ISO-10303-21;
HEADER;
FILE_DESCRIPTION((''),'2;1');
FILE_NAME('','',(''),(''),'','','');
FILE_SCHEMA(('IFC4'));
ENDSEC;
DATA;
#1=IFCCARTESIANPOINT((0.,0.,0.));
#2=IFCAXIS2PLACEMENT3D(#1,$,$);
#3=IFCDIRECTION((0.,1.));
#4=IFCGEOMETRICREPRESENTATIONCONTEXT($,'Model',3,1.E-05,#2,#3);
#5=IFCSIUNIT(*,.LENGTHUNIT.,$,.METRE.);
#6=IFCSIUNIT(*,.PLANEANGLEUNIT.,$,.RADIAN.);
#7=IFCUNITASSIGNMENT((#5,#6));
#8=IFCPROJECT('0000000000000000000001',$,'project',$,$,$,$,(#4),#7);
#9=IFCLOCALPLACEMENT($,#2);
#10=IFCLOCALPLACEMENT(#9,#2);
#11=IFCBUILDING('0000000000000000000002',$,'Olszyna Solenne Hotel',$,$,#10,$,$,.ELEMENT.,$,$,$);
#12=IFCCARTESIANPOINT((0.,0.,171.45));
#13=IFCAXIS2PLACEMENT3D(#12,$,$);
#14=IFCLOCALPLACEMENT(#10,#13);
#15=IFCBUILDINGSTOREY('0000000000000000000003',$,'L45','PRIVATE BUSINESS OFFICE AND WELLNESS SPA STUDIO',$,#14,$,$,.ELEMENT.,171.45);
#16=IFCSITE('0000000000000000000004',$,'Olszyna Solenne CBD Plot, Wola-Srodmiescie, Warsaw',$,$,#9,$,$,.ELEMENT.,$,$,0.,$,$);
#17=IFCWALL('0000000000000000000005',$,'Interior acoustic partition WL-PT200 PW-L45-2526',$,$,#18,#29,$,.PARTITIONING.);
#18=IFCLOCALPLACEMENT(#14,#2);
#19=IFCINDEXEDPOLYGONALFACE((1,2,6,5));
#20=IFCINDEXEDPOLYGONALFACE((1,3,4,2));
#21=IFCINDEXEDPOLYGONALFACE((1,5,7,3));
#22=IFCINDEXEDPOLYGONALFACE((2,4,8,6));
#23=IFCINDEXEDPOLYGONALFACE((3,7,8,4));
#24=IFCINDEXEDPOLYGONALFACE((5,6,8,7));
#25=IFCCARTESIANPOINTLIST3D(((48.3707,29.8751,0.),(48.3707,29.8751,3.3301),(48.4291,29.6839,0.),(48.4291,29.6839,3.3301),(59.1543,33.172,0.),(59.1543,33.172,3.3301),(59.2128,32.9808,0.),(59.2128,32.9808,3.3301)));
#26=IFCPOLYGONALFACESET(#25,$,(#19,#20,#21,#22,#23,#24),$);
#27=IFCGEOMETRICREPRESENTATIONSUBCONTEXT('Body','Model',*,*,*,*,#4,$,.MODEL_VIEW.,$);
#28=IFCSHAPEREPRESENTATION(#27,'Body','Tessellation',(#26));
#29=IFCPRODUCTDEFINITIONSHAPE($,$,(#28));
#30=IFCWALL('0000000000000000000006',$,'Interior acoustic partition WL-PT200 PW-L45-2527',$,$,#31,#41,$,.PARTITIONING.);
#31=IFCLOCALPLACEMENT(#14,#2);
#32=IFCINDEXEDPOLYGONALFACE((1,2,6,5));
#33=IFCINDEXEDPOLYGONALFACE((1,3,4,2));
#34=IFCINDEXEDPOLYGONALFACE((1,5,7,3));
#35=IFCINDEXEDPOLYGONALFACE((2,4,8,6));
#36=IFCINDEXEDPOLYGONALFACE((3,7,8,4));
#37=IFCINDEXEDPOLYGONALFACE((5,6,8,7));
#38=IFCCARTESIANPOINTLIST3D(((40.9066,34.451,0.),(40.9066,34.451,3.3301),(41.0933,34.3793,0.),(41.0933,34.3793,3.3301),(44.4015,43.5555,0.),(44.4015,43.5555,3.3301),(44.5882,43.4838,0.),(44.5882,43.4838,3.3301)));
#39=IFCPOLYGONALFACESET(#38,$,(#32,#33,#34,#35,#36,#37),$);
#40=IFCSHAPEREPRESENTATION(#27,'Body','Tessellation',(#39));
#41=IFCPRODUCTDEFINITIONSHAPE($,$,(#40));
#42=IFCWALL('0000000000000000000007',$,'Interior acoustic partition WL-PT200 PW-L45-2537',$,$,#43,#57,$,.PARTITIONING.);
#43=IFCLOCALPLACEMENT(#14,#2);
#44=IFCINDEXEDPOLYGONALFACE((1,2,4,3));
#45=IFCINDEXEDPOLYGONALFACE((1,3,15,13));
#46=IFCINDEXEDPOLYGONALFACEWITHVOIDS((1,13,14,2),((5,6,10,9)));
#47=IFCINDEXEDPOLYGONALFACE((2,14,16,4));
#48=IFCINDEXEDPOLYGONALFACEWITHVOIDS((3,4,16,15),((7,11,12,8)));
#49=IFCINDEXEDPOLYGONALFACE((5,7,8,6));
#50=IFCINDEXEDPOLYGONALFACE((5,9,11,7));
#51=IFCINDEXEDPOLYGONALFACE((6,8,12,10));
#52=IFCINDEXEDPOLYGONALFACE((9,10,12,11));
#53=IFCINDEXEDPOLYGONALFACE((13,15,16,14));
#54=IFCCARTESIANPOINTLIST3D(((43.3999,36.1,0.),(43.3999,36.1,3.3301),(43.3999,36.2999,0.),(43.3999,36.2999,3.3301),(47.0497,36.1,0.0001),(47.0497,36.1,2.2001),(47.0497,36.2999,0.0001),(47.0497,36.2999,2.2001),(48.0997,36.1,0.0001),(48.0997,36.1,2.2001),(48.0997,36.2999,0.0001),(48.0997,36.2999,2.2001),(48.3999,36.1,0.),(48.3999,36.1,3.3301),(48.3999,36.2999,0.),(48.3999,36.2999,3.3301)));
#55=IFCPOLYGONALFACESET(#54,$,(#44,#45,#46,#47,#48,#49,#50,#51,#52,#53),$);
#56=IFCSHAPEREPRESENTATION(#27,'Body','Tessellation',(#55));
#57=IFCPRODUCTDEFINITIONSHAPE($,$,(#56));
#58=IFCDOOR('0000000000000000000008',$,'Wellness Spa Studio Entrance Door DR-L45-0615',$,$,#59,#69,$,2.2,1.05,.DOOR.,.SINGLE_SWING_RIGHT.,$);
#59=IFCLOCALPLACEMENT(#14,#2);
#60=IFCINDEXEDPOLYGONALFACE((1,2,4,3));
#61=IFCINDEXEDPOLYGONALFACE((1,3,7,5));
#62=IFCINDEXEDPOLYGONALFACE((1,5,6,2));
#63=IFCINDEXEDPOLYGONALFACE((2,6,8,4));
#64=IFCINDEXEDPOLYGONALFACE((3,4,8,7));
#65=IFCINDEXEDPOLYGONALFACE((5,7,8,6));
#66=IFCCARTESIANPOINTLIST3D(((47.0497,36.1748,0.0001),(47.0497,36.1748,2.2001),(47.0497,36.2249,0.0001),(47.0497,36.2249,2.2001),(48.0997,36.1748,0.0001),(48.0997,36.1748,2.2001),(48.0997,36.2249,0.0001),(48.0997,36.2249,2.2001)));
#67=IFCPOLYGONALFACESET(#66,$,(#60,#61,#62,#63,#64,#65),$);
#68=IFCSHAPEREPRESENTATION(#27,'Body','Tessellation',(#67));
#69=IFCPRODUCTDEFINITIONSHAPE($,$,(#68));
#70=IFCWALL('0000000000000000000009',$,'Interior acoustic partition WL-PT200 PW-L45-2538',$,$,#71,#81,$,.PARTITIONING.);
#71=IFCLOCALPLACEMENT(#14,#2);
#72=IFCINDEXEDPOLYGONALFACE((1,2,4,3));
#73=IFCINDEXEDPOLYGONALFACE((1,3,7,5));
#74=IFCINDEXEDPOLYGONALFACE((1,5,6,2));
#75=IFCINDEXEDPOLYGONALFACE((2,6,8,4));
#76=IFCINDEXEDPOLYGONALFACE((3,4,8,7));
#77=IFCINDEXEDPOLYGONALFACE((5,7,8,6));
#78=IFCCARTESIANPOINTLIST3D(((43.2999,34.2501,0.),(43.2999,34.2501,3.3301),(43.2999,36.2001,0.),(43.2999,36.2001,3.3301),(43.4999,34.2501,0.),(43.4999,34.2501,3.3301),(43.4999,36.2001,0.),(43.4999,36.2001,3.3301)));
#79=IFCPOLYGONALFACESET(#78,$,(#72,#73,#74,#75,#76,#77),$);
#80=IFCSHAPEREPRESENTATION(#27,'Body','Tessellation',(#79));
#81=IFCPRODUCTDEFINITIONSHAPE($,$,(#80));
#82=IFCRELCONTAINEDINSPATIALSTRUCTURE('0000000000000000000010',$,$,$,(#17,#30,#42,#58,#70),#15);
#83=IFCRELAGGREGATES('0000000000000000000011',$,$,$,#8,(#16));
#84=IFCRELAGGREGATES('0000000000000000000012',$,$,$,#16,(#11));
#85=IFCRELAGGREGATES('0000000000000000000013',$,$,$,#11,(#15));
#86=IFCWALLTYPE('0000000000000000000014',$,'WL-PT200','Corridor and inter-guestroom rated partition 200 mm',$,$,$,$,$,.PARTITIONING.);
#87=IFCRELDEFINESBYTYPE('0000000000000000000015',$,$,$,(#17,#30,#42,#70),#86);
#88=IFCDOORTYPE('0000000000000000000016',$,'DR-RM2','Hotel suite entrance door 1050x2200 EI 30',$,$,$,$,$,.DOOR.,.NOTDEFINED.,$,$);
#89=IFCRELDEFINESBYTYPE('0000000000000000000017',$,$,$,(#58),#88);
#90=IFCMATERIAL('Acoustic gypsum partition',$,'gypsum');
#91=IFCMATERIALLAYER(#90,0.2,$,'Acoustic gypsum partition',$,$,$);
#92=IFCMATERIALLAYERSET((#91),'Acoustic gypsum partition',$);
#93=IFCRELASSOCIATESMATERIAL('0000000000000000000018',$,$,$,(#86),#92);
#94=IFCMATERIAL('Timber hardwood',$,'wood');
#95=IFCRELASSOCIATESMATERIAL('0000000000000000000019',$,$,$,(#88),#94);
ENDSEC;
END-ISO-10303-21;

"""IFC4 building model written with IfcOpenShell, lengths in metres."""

from ifc_helpers import new_model, si_unit, direction, frame, frame_2d, origin, place, context, subcontext, project, spatial, rectangle, extrude, source, transform, mapped, material, layer, layer_set, type_object, type_shapes, element, fill, save


model = new_model("IFC4")

# Units and contexts
model_context = context("Model", 3, precision=1e-05, world=origin(), true_north=direction((0.0, 1.0)))
body_context = subcontext(model_context, "Body", "Model", "MODEL_VIEW")
ifc_project = project(units=[si_unit("LENGTHUNIT", "METRE"), si_unit("PLANEANGLEUNIT", "RADIAN")], contexts=[model_context])

# Site, building, storey
site_placement = place(None, origin())
site = spatial("IfcSite", under=ifc_project, at=site_placement, Name="Olszyna Solenne CBD Plot, Wola-Srodmiescie, Warsaw", CompositionType="ELEMENT", RefElevation=0.0)
building_placement = place(site_placement, origin())
building = spatial("IfcBuilding", under=site, at=building_placement, Name="Olszyna Solenne Hotel", CompositionType="ELEMENT")
storey_placement = place(building_placement, frame((0.0, 0.0, 171.45)))
storey = spatial("IfcBuildingStorey", under=building, at=storey_placement, Name="L45", Description="PRIVATE BUSINESS OFFICE AND WELLNESS SPA STUDIO", CompositionType="ELEMENT", Elevation=171.45)

# Shared definitions
ifc_material_1 = material(Name="Timber hardwood", Category="wood")

# Shared definitions
ifc_material_2 = material(Name="Acoustic gypsum partition", Category="gypsum")

# Walls
ifc_layer_1 = layer(ifc_material_2, 0.2, Name="Acoustic gypsum partition")
ifc_layer_set_1 = layer_set([ifc_layer_1], Name="Acoustic gypsum partition")
wall_type_1 = type_object("IfcWallType", Name="WL-PT200", Description="Corridor and inter-guestroom rated partition 200 mm", PredefinedType="PARTITIONING", material=ifc_layer_set_1)
wall_1_placement = place(storey_placement, frame((48.3999, 29.7795, 0.0), z_axis=(0.0, 0.0, 1.0), x_axis=(0.956306, 0.292369, 0.0)))
element("IfcWall", 1, at=wall_1_placement, inside=storey, type_object=wall_type_1, Name="Interior acoustic partition WL-PT200 PW-L45-2526", PredefinedType="PARTITIONING", context=body_context, shape_type="SweptSolid", body=[
    extrude(rectangle(XDim=11.2764, YDim=0.2, at=frame_2d((5.6382, 0.0))), origin(), (0.0, 0.0, 1.0), 3.3301),
])
wall_2_placement = place(storey_placement, frame((41.0, 34.4153, 0.0), z_axis=(0.0, 0.0, 1.0), x_axis=(0.358367, 0.933581, 0.0)))
element("IfcWall", 2, at=wall_2_placement, inside=storey, type_object=wall_type_1, Name="Interior acoustic partition WL-PT200 PW-L45-2527", PredefinedType="PARTITIONING", context=body_context, shape_type="SweptSolid", body=[
    extrude(rectangle(XDim=9.7522, YDim=0.2, at=frame_2d((4.876, 0.0))), origin(), (0.0, 0.0, 1.0), 3.3301),
])

# Wall, opening, door
wall_3_placement = place(storey_placement, frame((43.3999, 36.2, 0.0), z_axis=(0.0, 0.0, 1.0), x_axis=(1.0, 0.0, 0.0)))
wall_3 = element("IfcWall", 3, at=wall_3_placement, inside=storey, type_object=wall_type_1, Name="Interior acoustic partition WL-PT200 PW-L45-2537", PredefinedType="PARTITIONING", context=body_context, shape_type="SweptSolid", body=[
    extrude(rectangle(XDim=5.0, YDim=0.2, at=frame_2d((2.5, 0.0))), origin(), (0.0, 0.0, 1.0), 3.3301),
])
opening_1_placement = place(wall_3_placement, frame((3.6499, 0.0, 0.0)))
opening_1 = element("IfcOpeningElement", 4, at=opening_1_placement, cuts=wall_3, PredefinedType="OPENING", context=body_context, shape_type="SweptSolid", body=[
    extrude(rectangle(XDim=1.05, YDim=2.2, at=frame_2d((0.5249, 1.1001))), frame((0.0, 0.1099, 0.0), z_axis=(0.0, -1.0, 0.0), x_axis=(1.0, 0.0, 0.0)), (0.0, 0.0, 1.0), 0.22),
])
door_type_1 = type_object("IfcDoorType", Name="DR-RM2", Description="Hotel suite entrance door 1050x2200 EI 30", OperationType="NOTDEFINED", PredefinedType="DOOR", material=ifc_material_1)
shared_shape_1 = source(origin(), body_context, "Body", "SweptSolid", [
    extrude(rectangle(XDim=1.05, YDim=2.2, at=frame_2d((0.5249, 1.1001))), frame((0.0, 0.0249, 0.0), z_axis=(0.0, -1.0, 0.0), x_axis=(1.0, 0.0, 0.0)), (0.0, 0.0, 1.0), 0.05),
])
type_shapes(door_type_1, [shared_shape_1])
door_1_placement = place(opening_1_placement, origin())
door_1 = element("IfcDoor", 5, at=door_1_placement, inside=storey, type_object=door_type_1, Name="Wellness Spa Studio Entrance Door DR-L45-0615", OperationType="SINGLE_SWING_RIGHT", OverallHeight=2.2, OverallWidth=1.05, PredefinedType="DOOR", context=body_context, shape_type="MappedRepresentation", body=[
    mapped(shared_shape_1, transform((0.0, 0.0, 0.0), x_axis=(1.0, 0.0, 0.0), y_axis=(0.0, 1.0, 0.0), z_axis=(0.0, 0.0, 1.0), scale=1.0)),
])
fill(opening_1, door_1)

# Wall
wall_4_placement = place(storey_placement, frame((43.3999, 34.25, 0.0), z_axis=(0.0, 0.0, 1.0), x_axis=(0.0, 1.0, 0.0)))
element("IfcWall", 6, at=wall_4_placement, inside=storey, type_object=wall_type_1, Name="Interior acoustic partition WL-PT200 PW-L45-2538", PredefinedType="PARTITIONING", context=body_context, shape_type="SweptSolid", body=[
    extrude(rectangle(XDim=1.95, YDim=0.2, at=frame_2d((0.9751, 0.0))), origin(), (0.0, 0.0, 1.0), 3.3301),
])

save(model, "model.ifc")
